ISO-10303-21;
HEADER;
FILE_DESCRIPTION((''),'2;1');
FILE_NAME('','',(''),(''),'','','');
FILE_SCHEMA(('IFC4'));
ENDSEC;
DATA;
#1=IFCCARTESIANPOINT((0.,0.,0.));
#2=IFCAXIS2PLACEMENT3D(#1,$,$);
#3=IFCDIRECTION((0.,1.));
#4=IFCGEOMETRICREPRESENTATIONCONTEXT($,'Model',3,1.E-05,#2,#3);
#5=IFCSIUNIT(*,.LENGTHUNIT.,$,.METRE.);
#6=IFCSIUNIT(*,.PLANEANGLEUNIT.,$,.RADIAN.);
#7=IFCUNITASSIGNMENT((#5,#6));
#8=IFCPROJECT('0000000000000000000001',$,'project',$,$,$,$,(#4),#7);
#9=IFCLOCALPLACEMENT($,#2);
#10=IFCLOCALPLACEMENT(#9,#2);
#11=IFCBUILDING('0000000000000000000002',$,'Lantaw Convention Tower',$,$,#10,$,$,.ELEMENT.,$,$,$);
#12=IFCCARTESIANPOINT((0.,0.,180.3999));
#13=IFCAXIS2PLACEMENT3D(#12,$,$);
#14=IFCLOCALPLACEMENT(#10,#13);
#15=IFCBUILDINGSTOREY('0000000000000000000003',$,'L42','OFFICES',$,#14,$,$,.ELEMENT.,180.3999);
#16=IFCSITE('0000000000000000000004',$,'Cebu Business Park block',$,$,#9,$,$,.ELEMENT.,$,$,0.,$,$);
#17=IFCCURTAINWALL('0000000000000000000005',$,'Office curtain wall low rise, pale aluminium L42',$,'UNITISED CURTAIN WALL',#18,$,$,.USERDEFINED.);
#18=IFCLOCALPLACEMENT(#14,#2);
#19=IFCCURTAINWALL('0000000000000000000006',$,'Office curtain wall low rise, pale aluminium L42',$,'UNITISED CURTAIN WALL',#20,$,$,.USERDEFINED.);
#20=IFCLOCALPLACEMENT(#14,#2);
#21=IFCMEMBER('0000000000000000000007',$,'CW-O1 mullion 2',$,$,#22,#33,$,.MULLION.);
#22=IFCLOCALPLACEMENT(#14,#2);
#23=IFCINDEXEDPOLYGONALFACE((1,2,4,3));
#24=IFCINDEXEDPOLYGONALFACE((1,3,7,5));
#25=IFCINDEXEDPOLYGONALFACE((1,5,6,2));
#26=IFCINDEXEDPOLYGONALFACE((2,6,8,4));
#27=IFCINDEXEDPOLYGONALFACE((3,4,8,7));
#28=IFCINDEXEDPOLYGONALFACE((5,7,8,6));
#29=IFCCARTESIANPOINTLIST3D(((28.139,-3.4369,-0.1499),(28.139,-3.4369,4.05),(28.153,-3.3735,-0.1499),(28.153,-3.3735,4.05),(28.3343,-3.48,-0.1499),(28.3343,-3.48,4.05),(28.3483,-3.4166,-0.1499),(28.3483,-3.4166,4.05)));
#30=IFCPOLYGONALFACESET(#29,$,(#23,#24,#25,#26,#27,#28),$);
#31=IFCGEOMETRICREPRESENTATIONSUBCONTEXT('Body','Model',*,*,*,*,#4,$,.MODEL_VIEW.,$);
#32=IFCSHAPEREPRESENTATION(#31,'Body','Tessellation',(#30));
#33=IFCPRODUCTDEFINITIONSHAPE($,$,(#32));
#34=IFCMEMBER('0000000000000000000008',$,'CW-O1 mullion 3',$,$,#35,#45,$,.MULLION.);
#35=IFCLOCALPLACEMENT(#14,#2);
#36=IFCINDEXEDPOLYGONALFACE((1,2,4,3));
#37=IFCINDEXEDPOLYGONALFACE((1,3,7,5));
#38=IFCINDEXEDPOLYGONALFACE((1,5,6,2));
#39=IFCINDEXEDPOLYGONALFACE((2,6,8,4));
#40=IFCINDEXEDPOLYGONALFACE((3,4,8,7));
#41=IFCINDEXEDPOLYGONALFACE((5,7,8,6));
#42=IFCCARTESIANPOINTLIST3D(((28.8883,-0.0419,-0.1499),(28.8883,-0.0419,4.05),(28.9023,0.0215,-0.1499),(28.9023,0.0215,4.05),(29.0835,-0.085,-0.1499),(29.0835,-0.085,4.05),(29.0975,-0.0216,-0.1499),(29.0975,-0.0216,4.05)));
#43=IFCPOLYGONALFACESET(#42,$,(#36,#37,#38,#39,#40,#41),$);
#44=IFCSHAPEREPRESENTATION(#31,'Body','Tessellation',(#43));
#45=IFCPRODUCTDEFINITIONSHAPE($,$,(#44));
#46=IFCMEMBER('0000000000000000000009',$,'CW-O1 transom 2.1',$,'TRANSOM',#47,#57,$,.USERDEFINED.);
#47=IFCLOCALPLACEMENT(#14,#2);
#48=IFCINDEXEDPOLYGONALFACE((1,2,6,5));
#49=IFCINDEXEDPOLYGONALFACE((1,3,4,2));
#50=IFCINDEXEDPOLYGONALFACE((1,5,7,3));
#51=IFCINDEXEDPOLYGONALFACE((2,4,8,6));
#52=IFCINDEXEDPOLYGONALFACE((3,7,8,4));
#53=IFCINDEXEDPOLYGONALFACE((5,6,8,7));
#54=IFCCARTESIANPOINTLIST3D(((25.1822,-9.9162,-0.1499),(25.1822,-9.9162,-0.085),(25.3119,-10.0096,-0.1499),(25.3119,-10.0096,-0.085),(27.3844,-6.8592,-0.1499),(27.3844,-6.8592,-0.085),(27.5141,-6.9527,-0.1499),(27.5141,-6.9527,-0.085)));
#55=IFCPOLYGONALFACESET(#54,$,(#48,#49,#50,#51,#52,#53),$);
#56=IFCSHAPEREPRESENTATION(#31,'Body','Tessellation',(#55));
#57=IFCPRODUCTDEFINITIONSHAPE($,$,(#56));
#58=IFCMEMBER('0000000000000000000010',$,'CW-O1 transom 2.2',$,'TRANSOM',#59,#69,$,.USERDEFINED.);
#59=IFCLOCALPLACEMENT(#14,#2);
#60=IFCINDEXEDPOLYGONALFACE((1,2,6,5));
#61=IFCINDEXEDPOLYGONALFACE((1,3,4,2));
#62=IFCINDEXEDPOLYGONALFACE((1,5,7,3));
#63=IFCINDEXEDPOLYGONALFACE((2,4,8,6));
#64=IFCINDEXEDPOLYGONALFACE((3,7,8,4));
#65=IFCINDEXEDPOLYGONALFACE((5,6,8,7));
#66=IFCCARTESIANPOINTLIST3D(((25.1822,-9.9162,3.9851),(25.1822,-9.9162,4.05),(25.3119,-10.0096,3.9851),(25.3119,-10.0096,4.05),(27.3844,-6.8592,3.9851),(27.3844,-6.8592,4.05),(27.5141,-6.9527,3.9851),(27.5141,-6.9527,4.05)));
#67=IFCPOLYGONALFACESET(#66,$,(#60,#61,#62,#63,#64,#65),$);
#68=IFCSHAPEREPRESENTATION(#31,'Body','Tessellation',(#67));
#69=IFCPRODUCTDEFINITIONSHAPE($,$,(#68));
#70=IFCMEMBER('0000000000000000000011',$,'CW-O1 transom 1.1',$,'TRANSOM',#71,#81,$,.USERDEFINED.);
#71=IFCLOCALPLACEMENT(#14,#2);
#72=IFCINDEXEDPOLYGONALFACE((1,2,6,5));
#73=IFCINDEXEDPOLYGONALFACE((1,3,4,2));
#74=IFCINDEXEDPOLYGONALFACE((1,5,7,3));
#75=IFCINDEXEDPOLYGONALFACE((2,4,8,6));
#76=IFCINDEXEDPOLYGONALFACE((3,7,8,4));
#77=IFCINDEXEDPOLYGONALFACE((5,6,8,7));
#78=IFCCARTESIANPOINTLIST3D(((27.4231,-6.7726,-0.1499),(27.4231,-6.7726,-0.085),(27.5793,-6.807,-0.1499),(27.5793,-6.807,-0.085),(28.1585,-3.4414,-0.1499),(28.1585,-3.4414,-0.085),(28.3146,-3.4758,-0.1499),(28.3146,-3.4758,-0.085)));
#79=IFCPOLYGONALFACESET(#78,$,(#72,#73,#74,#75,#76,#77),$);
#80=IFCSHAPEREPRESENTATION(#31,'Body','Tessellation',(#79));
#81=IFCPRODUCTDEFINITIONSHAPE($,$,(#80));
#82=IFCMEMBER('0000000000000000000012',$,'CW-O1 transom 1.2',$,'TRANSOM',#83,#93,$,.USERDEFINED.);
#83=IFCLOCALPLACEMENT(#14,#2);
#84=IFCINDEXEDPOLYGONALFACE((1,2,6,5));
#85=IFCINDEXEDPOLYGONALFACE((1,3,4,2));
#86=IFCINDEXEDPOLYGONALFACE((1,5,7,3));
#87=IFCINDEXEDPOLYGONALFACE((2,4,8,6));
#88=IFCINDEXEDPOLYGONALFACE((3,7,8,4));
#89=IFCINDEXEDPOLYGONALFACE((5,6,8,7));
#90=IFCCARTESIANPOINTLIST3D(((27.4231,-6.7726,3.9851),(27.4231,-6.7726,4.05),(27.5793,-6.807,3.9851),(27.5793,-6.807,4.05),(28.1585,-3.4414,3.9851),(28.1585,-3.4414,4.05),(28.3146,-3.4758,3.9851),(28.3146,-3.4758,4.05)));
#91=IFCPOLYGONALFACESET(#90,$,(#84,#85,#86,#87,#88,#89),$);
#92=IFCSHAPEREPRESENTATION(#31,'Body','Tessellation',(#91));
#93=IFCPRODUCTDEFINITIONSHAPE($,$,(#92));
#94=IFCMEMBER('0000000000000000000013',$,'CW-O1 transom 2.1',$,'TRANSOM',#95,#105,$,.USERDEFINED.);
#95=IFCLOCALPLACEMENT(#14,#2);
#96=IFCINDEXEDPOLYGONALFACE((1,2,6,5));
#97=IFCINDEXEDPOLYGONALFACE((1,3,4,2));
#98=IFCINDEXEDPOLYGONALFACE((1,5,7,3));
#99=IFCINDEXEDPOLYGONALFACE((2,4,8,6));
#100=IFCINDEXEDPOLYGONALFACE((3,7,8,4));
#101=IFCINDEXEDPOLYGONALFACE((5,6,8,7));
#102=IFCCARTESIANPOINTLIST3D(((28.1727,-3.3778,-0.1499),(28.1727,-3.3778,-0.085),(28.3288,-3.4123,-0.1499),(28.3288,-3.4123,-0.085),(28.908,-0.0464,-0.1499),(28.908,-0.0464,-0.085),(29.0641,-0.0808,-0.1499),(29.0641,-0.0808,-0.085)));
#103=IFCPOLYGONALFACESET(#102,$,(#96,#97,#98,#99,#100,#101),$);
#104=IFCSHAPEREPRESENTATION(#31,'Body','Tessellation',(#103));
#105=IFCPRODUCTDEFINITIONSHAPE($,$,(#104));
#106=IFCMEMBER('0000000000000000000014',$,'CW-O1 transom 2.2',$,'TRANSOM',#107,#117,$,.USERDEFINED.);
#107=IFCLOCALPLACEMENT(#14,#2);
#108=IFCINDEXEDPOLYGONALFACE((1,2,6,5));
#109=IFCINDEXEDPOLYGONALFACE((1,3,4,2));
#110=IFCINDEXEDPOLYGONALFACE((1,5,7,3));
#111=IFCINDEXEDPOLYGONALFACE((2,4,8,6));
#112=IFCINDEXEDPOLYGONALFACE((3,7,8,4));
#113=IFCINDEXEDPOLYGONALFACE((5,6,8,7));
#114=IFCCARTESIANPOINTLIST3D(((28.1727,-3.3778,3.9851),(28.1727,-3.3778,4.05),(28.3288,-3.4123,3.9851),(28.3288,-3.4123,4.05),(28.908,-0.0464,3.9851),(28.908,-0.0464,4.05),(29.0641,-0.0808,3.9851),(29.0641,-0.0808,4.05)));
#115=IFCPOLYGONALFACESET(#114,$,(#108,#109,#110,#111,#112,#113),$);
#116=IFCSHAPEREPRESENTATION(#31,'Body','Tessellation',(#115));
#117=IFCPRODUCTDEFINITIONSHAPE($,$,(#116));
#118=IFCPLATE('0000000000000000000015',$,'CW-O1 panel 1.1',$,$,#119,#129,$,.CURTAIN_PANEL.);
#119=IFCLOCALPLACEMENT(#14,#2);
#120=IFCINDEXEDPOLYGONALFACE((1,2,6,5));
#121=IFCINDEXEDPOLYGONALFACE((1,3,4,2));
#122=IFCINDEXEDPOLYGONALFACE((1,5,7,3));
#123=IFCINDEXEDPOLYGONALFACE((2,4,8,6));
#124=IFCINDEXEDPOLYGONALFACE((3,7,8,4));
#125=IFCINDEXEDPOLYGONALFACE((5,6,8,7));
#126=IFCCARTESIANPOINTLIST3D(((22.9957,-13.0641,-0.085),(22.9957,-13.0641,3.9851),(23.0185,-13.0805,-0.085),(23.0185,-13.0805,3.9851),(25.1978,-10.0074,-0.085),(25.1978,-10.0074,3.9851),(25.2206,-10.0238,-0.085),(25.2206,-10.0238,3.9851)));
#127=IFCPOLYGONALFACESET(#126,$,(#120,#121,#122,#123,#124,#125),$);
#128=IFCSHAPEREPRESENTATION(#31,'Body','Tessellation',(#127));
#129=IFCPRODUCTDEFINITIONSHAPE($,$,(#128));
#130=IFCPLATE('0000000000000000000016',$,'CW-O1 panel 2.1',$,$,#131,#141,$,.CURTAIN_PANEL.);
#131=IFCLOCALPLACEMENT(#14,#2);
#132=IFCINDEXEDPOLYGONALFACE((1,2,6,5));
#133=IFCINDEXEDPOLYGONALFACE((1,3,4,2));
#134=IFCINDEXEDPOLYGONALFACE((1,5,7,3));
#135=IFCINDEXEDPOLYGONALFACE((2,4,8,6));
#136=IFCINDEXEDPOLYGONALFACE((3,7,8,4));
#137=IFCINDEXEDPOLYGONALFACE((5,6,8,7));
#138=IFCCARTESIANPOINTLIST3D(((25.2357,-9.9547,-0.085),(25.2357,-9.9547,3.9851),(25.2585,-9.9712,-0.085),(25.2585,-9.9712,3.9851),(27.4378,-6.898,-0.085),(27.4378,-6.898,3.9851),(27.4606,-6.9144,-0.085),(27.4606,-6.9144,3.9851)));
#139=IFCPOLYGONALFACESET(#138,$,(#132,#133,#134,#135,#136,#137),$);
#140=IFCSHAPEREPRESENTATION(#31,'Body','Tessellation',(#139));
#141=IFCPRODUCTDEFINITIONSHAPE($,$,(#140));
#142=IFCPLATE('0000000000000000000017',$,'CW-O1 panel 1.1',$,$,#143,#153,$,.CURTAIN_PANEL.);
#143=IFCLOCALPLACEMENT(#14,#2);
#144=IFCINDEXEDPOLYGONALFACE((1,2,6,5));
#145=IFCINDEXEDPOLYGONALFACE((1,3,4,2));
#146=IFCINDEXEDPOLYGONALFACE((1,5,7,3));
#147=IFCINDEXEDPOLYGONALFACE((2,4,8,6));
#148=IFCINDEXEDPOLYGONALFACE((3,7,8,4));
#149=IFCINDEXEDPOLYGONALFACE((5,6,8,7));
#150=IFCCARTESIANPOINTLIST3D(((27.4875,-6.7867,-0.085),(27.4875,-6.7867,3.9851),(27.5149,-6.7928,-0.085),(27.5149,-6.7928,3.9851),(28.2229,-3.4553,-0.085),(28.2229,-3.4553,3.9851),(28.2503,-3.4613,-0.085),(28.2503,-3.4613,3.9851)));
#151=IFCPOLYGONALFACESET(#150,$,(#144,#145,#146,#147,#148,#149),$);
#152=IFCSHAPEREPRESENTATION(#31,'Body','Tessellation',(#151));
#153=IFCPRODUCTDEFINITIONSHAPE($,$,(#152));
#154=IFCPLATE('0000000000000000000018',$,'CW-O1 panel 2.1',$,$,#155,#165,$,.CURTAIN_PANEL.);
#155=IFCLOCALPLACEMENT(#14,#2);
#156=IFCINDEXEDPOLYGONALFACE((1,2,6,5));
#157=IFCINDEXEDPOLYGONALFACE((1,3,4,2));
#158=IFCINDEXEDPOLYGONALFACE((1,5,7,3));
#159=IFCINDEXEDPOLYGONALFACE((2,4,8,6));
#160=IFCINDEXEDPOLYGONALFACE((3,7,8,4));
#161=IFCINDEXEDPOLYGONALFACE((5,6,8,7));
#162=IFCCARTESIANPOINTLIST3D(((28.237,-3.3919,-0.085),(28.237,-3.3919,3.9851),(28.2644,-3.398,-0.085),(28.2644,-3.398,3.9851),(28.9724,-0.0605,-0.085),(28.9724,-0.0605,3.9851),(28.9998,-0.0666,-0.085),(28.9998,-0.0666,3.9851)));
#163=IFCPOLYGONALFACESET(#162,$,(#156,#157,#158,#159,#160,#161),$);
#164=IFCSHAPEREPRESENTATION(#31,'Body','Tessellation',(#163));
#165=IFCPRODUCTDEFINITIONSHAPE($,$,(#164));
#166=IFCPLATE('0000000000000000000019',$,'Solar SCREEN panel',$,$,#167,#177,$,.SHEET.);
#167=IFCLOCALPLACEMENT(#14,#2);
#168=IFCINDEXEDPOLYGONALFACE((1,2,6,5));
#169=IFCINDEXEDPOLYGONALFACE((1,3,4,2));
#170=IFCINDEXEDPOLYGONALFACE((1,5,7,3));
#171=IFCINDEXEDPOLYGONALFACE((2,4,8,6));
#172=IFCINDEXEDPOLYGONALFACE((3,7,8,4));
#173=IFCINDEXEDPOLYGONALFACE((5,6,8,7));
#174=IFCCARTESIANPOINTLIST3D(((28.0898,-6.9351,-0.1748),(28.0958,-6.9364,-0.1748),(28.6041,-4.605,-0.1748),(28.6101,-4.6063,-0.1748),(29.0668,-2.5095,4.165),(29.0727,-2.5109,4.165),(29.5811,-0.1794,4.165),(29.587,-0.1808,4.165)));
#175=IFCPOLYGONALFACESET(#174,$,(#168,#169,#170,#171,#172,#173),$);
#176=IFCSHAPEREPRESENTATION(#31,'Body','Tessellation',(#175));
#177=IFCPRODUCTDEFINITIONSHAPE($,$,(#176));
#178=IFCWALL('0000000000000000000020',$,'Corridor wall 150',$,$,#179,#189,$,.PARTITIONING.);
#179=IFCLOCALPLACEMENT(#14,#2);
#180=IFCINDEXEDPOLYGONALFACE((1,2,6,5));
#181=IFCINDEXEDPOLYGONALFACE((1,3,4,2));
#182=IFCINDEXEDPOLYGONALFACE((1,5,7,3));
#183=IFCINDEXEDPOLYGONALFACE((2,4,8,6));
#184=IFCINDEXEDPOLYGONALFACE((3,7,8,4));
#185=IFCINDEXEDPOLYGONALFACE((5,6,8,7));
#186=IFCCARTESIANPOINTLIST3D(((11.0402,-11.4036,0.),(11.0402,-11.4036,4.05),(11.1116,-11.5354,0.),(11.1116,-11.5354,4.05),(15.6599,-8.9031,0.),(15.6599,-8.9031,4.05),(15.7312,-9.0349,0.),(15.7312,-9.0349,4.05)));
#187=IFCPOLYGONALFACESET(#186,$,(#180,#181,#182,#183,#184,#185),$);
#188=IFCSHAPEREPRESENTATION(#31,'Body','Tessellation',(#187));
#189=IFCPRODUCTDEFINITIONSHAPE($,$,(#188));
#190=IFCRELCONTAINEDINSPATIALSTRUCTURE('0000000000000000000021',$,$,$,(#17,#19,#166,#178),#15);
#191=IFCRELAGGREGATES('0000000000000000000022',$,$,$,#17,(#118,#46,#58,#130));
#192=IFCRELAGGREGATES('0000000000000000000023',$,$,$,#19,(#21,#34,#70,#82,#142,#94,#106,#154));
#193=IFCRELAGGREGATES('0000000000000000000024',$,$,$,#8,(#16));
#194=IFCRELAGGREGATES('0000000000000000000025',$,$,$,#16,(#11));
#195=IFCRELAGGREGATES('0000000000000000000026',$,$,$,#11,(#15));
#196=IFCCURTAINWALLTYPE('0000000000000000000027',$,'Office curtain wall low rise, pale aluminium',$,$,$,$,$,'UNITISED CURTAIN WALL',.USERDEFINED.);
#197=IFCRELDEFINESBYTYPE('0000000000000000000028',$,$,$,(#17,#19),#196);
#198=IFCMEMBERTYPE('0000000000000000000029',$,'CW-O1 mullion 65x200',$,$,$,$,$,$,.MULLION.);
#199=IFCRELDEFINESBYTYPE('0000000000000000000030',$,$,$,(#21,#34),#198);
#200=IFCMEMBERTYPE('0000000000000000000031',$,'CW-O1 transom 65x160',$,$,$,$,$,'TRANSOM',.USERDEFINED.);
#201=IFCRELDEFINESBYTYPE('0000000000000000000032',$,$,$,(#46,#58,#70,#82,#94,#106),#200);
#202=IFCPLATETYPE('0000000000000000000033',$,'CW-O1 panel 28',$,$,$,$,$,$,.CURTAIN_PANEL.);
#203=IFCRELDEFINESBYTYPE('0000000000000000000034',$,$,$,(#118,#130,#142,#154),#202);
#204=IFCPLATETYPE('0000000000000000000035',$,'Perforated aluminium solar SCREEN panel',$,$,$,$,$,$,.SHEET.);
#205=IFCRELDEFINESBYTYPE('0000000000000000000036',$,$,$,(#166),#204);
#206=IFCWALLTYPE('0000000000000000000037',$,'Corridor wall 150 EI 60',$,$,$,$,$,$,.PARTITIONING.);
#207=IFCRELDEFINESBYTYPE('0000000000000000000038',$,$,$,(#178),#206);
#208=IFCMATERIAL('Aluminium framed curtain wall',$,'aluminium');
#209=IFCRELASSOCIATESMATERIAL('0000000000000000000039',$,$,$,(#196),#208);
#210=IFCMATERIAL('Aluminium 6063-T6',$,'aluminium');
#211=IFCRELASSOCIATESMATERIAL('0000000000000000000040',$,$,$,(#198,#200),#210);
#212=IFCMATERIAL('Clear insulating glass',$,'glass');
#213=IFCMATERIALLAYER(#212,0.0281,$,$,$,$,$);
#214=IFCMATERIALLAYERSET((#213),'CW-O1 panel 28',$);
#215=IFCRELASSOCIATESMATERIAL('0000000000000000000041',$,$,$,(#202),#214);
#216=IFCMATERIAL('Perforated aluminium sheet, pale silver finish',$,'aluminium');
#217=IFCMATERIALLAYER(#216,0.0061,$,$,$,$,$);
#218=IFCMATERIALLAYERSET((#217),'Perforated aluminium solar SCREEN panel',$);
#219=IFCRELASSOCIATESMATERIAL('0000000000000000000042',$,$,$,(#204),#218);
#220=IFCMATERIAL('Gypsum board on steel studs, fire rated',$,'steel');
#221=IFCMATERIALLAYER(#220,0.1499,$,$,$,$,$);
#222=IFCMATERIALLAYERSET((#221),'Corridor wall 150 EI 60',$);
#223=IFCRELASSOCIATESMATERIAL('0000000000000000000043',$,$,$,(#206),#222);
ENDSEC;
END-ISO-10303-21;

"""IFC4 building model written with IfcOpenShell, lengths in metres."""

from ifc_helpers import new_model, si_unit, direction, frame, frame_2d, origin, origin_2d, place, context, subcontext, project, spatial, polyline, rectangle, outline, extrude, material, layer, layer_set, material_profile, profile_set, type_object, element, aggregate, save


model = new_model("IFC4")

# Units and contexts
model_context = context("Model", 3, precision=1e-05, world=origin(), true_north=direction((0.0, 1.0)))
body_context = subcontext(model_context, "Body", "Model", "MODEL_VIEW")
ifc_project = project(units=[si_unit("LENGTHUNIT", "METRE"), si_unit("PLANEANGLEUNIT", "RADIAN")], contexts=[model_context])

# Site, building, storey
site_placement = place(None, origin())
site = spatial("IfcSite", under=ifc_project, at=site_placement, Name="Cebu Business Park block", CompositionType="ELEMENT", RefElevation=0.0)
building_placement = place(site_placement, origin())
building = spatial("IfcBuilding", under=site, at=building_placement, Name="Lantaw Convention Tower", CompositionType="ELEMENT")
storey_placement = place(building_placement, frame((0.0, 0.0, 180.3999)))
storey = spatial("IfcBuildingStorey", under=building, at=storey_placement, Name="L42", Description="OFFICES", CompositionType="ELEMENT", Elevation=180.3999)

# Curtain walls, members
ifc_material_1 = material(Name="Aluminium framed curtain wall", Category="aluminium")
curtain_wall_type = type_object("IfcCurtainWallType", Name="Office curtain wall low rise, pale aluminium", ElementType="UNITISED CURTAIN WALL", PredefinedType="USERDEFINED", material=ifc_material_1)
curtain_wall_1_placement = place(storey_placement, origin())
curtain_wall_1 = element("IfcCurtainWall", 1, at=curtain_wall_1_placement, inside=storey, type_object=curtain_wall_type, Name="Office curtain wall low rise, pale aluminium L42", ObjectType="UNITISED CURTAIN WALL", PredefinedType="USERDEFINED")
ifc_material_2 = material(Name="Aluminium 6063-T6", Category="aluminium")
ifc_material_profile_1 = material_profile(ifc_material_2, rectangle(XDim=0.2, YDim=0.0649, at=origin_2d()), Name="CW-O1 mullion 65x200")
ifc_profile_set_1 = profile_set([ifc_material_profile_1], Name="Aluminium 6063-T6")
member_type_1 = type_object("IfcMemberType", Name="CW-O1 mullion 65x200", PredefinedType="MULLION", material=ifc_profile_set_1)
curtain_wall_2_placement = place(storey_placement, origin())
curtain_wall_2 = element("IfcCurtainWall", 2, at=curtain_wall_2_placement, inside=storey, type_object=curtain_wall_type, Name="Office curtain wall low rise, pale aluminium L42", ObjectType="UNITISED CURTAIN WALL", PredefinedType="USERDEFINED")
member_1_placement = place(storey_placement, frame((28.2437, -3.4268, -0.1499), z_axis=(0.0, 0.0, 1.0), x_axis=(-0.976494, 0.215546, 0.0)))
member_1 = element("IfcMember", 3, at=member_1_placement, type_object=member_type_1, Name="CW-O1 mullion 2", PredefinedType="MULLION", context=body_context, shape_type="SweptSolid", body=[
    extrude(rectangle(XDim=0.2, YDim=0.0649, at=origin_2d()), origin(), (0.0, 0.0, 1.0), 4.2),
])
member_2_placement = place(storey_placement, frame((28.9929, -0.0317, -0.1499), z_axis=(0.0, 0.0, 1.0), x_axis=(-0.976494, 0.215546, 0.0)))
member_2 = element("IfcMember", 4, at=member_2_placement, type_object=member_type_1, Name="CW-O1 mullion 3", PredefinedType="MULLION", context=body_context, shape_type="SweptSolid", body=[
    extrude(rectangle(XDim=0.2, YDim=0.0649, at=origin_2d()), origin(), (0.0, 0.0, 1.0), 4.2),
])

# Members
ifc_material_profile_2 = material_profile(ifc_material_2, rectangle(XDim=0.1599, YDim=0.0649, at=origin_2d()), Name="CW-O1 transom 65x160")
ifc_profile_set_2 = profile_set([ifc_material_profile_2], Name="Aluminium 6063-T6")
member_type_2 = type_object("IfcMemberType", Name="CW-O1 transom 65x160", ElementType="TRANSOM", PredefinedType="USERDEFINED", material=ifc_profile_set_2)
member_3_placement = place(storey_placement, frame((25.2471, -9.9629, -0.1174), z_axis=(0.584513, 0.811384, 0.0), x_axis=(-0.811384, 0.584513, 0.0)))
member_3 = element("IfcMember", 5, at=member_3_placement, type_object=member_type_2, Name="CW-O1 transom 2.1", ObjectType="TRANSOM", PredefinedType="USERDEFINED", context=body_context, shape_type="SweptSolid", body=[
    extrude(rectangle(XDim=0.1599, YDim=0.0649, at=origin_2d()), origin(), (0.0, 0.0, 1.0), 3.7676),
])
member_4_placement = place(storey_placement, frame((25.2471, -9.9629, 4.0176), z_axis=(0.584513, 0.811384, 0.0), x_axis=(-0.811384, 0.584513, 0.0)))
member_4 = element("IfcMember", 6, at=member_4_placement, type_object=member_type_2, Name="CW-O1 transom 2.2", ObjectType="TRANSOM", PredefinedType="USERDEFINED", context=body_context, shape_type="SweptSolid", body=[
    extrude(rectangle(XDim=0.1599, YDim=0.0649, at=origin_2d()), origin(), (0.0, 0.0, 1.0), 3.7676),
])
member_5_placement = place(storey_placement, frame((27.5012, -6.7898, -0.1174), z_axis=(0.215551, 0.976493, 0.0), x_axis=(-0.976493, 0.215551, 0.0)))
member_5 = element("IfcMember", 7, at=member_5_placement, type_object=member_type_2, Name="CW-O1 transom 1.1", ObjectType="TRANSOM", PredefinedType="USERDEFINED", context=body_context, shape_type="SweptSolid", body=[
    extrude(rectangle(XDim=0.1599, YDim=0.0649, at=origin_2d()), origin(), (0.0, 0.0, 1.0), 3.4114),
])
member_6_placement = place(storey_placement, frame((27.5012, -6.7898, 4.0176), z_axis=(0.215551, 0.976493, 0.0), x_axis=(-0.976493, 0.215551, 0.0)))
member_6 = element("IfcMember", 8, at=member_6_placement, type_object=member_type_2, Name="CW-O1 transom 1.2", ObjectType="TRANSOM", PredefinedType="USERDEFINED", context=body_context, shape_type="SweptSolid", body=[
    extrude(rectangle(XDim=0.1599, YDim=0.0649, at=origin_2d()), origin(), (0.0, 0.0, 1.0), 3.4114),
])
member_7_placement = place(storey_placement, frame((28.2507, -3.395, -0.1174), z_axis=(0.215536, 0.976496, 0.0), x_axis=(-0.976496, 0.215536, 0.0)))
member_7 = element("IfcMember", 9, at=member_7_placement, type_object=member_type_2, Name="CW-O1 transom 2.1", ObjectType="TRANSOM", PredefinedType="USERDEFINED", context=body_context, shape_type="SweptSolid", body=[
    extrude(rectangle(XDim=0.1599, YDim=0.0649, at=origin_2d()), origin(), (0.0, 0.0, 1.0), 3.4116),
])
member_8_placement = place(storey_placement, frame((28.2507, -3.395, 4.0176), z_axis=(0.215536, 0.976496, 0.0), x_axis=(-0.976496, 0.215536, 0.0)))
member_8 = element("IfcMember", 10, at=member_8_placement, type_object=member_type_2, Name="CW-O1 transom 2.2", ObjectType="TRANSOM", PredefinedType="USERDEFINED", context=body_context, shape_type="SweptSolid", body=[
    extrude(rectangle(XDim=0.1599, YDim=0.0649, at=origin_2d()), origin(), (0.0, 0.0, 1.0), 3.4116),
])

# Plates
ifc_material_3 = material(Name="Clear insulating glass", Category="glass")
ifc_layer_1 = layer(ifc_material_3, 0.0281)
ifc_layer_set_1 = layer_set([ifc_layer_1], Name="CW-O1 panel 28")
plate_type_1 = type_object("IfcPlateType", Name="CW-O1 panel 28", PredefinedType="CURTAIN_PANEL", material=ifc_layer_set_1)
plate_1_placement = place(storey_placement, frame((24.1082, -11.5439, -0.085), z_axis=(0.0, 0.0, 1.0), x_axis=(0.584513, 0.811385, 0.0)))
plate_1 = element("IfcPlate", 11, at=plate_1_placement, type_object=plate_type_1, Name="CW-O1 panel 1.1", PredefinedType="CURTAIN_PANEL", context=body_context, shape_type="SweptSolid", body=[
    extrude(rectangle(XDim=3.7673, YDim=0.0281, at=origin_2d()), origin(), (0.0, 0.0, 1.0), 4.0701),
])
plate_2_placement = place(storey_placement, frame((26.3481, -8.4346, -0.085), z_axis=(0.0, 0.0, 1.0), x_axis=(0.584513, 0.811385, 0.0)))
plate_2 = element("IfcPlate", 12, at=plate_2_placement, type_object=plate_type_1, Name="CW-O1 panel 2.1", PredefinedType="CURTAIN_PANEL", context=body_context, shape_type="SweptSolid", body=[
    extrude(rectangle(XDim=3.7673, YDim=0.0281, at=origin_2d()), origin(), (0.0, 0.0, 1.0), 4.0701),
])
aggregate(curtain_wall_1, [plate_1, member_3, member_4, plate_2])
plate_3_placement = place(storey_placement, frame((27.8689, -5.124, -0.085), z_axis=(0.0, 0.0, 1.0), x_axis=(0.215546, 0.976494, 0.0)))
plate_3 = element("IfcPlate", 13, at=plate_3_placement, type_object=plate_type_1, Name="CW-O1 panel 1.1", PredefinedType="CURTAIN_PANEL", context=body_context, shape_type="SweptSolid", body=[
    extrude(rectangle(XDim=3.4116, YDim=0.0281, at=origin_2d()), origin(), (0.0, 0.0, 1.0), 4.0701),
])
plate_4_placement = place(storey_placement, frame((28.6184, -1.7292, -0.085), z_axis=(0.0, 0.0, 1.0), x_axis=(0.215546, 0.976494, 0.0)))
plate_4 = element("IfcPlate", 14, at=plate_4_placement, type_object=plate_type_1, Name="CW-O1 panel 2.1", PredefinedType="CURTAIN_PANEL", context=body_context, shape_type="SweptSolid", body=[
    extrude(rectangle(XDim=3.4116, YDim=0.0281, at=origin_2d()), origin(), (0.0, 0.0, 1.0), 4.0701),
])
aggregate(curtain_wall_2, [member_1, member_2, member_5, member_6, plate_3, member_7, member_8, plate_4])
ifc_material_4 = material(Name="Perforated aluminium sheet, pale silver finish", Category="aluminium")
ifc_layer_2 = layer(ifc_material_4, 0.0061)
ifc_layer_set_2 = layer_set([ifc_layer_2], Name="Perforated aluminium solar SCREEN panel")
plate_type_2 = type_object("IfcPlateType", Name="Perforated aluminium solar SCREEN panel", PredefinedType="SHEET", material=ifc_layer_set_2)
plate_5_placement = place(storey_placement, frame((28.0898, -6.9351, -0.1748), z_axis=(-0.976498, 0.215527, 0.000033), x_axis=(0.215527, 0.976498, 0.0)))
element("IfcPlate", 15, at=plate_5_placement, inside=storey, type_object=plate_type_2, Name="Solar SCREEN panel", PredefinedType="SHEET", context=body_context, shape_type="SweptSolid", body=[
    extrude(outline(polyline([(0.0, 0.0), (2.3861, 0.0), (6.9182, -4.3398), (4.5321, -4.3398), (0.0, 0.0)])), origin(), (0.0, 0.0, -1.0), 0.0061),
])

# Wall
ifc_material_5 = material(Name="Gypsum board on steel studs, fire rated", Category="steel")
ifc_layer_3 = layer(ifc_material_5, 0.1499)
ifc_layer_set_3 = layer_set([ifc_layer_3], Name="Corridor wall 150 EI 60")
wall_type = type_object("IfcWallType", Name="Corridor wall 150 EI 60", PredefinedType="PARTITIONING", material=ifc_layer_set_3)
wall_1_placement = place(storey_placement, frame((11.0759, -11.4695, 0.0), z_axis=(0.0, 0.0, 1.0), x_axis=(0.879436, 0.476017, 0.0)))
element("IfcWall", 16, at=wall_1_placement, inside=storey, type_object=wall_type, Name="Corridor wall 150", PredefinedType="PARTITIONING", context=body_context, shape_type="SweptSolid", body=[
    extrude(rectangle(XDim=5.2529, YDim=0.1499, at=frame_2d((2.6265, 0.0))), origin(), (0.0, 0.0, 1.0), 4.05),
])

save(model, "model.ifc")
